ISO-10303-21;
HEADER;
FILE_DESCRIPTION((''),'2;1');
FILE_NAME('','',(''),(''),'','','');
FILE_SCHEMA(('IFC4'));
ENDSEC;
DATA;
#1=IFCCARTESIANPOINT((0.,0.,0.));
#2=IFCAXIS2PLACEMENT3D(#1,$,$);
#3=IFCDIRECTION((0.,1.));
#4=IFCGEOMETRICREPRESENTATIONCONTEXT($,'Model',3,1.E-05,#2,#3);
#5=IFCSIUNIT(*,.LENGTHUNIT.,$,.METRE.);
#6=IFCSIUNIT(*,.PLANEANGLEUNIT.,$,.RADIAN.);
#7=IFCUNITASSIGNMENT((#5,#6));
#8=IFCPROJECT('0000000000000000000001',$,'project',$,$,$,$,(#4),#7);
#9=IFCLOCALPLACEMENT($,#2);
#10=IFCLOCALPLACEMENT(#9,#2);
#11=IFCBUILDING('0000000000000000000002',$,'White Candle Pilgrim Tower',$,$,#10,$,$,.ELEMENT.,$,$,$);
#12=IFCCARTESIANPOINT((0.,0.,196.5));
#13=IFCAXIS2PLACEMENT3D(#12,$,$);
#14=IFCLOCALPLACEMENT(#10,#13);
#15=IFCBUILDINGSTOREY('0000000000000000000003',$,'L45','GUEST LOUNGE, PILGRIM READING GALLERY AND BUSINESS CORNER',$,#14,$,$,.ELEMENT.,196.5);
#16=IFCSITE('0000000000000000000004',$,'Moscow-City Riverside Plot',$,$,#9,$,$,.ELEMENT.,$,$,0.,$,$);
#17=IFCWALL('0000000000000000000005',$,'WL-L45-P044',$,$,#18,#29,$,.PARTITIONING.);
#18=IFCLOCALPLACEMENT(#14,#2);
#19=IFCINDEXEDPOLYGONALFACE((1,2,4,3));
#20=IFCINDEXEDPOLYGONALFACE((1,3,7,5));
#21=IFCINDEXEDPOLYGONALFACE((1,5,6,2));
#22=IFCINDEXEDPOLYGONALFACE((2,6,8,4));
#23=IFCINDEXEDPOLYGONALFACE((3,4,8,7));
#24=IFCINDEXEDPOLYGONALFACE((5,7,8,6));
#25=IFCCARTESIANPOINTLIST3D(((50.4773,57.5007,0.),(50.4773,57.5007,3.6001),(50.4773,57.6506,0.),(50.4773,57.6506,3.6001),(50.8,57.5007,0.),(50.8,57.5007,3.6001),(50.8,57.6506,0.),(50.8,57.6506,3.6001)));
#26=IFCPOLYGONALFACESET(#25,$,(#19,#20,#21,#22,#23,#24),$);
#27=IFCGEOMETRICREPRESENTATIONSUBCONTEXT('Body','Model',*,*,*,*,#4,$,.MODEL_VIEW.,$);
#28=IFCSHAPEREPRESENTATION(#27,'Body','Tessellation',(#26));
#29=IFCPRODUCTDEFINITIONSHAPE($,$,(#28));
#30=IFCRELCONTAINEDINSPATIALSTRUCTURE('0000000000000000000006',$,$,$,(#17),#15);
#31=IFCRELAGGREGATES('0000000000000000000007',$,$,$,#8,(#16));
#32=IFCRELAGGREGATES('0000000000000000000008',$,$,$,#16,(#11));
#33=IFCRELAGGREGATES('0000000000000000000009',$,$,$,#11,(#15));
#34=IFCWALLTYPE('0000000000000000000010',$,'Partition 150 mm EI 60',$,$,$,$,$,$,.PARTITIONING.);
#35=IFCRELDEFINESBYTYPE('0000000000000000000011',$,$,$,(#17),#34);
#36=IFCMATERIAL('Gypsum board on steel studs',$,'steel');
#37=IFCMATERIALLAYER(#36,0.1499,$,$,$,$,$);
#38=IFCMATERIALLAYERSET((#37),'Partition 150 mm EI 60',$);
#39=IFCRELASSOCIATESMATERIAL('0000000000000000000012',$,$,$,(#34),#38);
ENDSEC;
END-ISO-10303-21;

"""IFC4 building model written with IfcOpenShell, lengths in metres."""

from ifc_helpers import new_model, si_unit, direction, frame, frame_2d, origin, place, context, subcontext, project, spatial, rectangle, extrude, material, layer, layer_set, type_object, element, save


model = new_model("IFC4")

# Units and contexts
model_context = context("Model", 3, precision=1e-05, world=origin(), true_north=direction((0.0, 1.0)))
body_context = subcontext(model_context, "Body", "Model", "MODEL_VIEW")
ifc_project = project(units=[si_unit("LENGTHUNIT", "METRE"), si_unit("PLANEANGLEUNIT", "RADIAN")], contexts=[model_context])

# Site, building, storey
site_placement = place(None, origin())
site = spatial("IfcSite", under=ifc_project, at=site_placement, Name="Moscow-City Riverside Plot", CompositionType="ELEMENT", RefElevation=0.0)
building_placement = place(site_placement, origin())
building = spatial("IfcBuilding", under=site, at=building_placement, Name="White Candle Pilgrim Tower", CompositionType="ELEMENT")
storey_placement = place(building_placement, frame((0.0, 0.0, 196.5)))
storey = spatial("IfcBuildingStorey", under=building, at=storey_placement, Name="L45", Description="GUEST LOUNGE, PILGRIM READING GALLERY AND BUSINESS CORNER", CompositionType="ELEMENT", Elevation=196.5)

# Shared definitions
ifc_material_1 = material(Name="Gypsum board on steel studs", Category="steel")

# Wall
ifc_layer_1 = layer(ifc_material_1, 0.1499)
ifc_layer_set_1 = layer_set([ifc_layer_1], Name="Partition 150 mm EI 60")
wall_type_1 = type_object("IfcWallType", Name="Partition 150 mm EI 60", PredefinedType="PARTITIONING", material=ifc_layer_set_1)
wall_1_placement = place(storey_placement, frame((50.4773, 57.5757, 0.0), z_axis=(0.0, 0.0, 1.0), x_axis=(1.0, 0.0, 0.0)))
element("IfcWall", 1, at=wall_1_placement, inside=storey, type_object=wall_type_1, Name="WL-L45-P044", PredefinedType="PARTITIONING", context=body_context, shape_type="SweptSolid", body=[
    extrude(rectangle(XDim=0.3228, YDim=0.1499, at=frame_2d((0.1614, 0.0))), origin(), (0.0, 0.0, 1.0), 3.6001),
])

save(model, "model.ifc")
